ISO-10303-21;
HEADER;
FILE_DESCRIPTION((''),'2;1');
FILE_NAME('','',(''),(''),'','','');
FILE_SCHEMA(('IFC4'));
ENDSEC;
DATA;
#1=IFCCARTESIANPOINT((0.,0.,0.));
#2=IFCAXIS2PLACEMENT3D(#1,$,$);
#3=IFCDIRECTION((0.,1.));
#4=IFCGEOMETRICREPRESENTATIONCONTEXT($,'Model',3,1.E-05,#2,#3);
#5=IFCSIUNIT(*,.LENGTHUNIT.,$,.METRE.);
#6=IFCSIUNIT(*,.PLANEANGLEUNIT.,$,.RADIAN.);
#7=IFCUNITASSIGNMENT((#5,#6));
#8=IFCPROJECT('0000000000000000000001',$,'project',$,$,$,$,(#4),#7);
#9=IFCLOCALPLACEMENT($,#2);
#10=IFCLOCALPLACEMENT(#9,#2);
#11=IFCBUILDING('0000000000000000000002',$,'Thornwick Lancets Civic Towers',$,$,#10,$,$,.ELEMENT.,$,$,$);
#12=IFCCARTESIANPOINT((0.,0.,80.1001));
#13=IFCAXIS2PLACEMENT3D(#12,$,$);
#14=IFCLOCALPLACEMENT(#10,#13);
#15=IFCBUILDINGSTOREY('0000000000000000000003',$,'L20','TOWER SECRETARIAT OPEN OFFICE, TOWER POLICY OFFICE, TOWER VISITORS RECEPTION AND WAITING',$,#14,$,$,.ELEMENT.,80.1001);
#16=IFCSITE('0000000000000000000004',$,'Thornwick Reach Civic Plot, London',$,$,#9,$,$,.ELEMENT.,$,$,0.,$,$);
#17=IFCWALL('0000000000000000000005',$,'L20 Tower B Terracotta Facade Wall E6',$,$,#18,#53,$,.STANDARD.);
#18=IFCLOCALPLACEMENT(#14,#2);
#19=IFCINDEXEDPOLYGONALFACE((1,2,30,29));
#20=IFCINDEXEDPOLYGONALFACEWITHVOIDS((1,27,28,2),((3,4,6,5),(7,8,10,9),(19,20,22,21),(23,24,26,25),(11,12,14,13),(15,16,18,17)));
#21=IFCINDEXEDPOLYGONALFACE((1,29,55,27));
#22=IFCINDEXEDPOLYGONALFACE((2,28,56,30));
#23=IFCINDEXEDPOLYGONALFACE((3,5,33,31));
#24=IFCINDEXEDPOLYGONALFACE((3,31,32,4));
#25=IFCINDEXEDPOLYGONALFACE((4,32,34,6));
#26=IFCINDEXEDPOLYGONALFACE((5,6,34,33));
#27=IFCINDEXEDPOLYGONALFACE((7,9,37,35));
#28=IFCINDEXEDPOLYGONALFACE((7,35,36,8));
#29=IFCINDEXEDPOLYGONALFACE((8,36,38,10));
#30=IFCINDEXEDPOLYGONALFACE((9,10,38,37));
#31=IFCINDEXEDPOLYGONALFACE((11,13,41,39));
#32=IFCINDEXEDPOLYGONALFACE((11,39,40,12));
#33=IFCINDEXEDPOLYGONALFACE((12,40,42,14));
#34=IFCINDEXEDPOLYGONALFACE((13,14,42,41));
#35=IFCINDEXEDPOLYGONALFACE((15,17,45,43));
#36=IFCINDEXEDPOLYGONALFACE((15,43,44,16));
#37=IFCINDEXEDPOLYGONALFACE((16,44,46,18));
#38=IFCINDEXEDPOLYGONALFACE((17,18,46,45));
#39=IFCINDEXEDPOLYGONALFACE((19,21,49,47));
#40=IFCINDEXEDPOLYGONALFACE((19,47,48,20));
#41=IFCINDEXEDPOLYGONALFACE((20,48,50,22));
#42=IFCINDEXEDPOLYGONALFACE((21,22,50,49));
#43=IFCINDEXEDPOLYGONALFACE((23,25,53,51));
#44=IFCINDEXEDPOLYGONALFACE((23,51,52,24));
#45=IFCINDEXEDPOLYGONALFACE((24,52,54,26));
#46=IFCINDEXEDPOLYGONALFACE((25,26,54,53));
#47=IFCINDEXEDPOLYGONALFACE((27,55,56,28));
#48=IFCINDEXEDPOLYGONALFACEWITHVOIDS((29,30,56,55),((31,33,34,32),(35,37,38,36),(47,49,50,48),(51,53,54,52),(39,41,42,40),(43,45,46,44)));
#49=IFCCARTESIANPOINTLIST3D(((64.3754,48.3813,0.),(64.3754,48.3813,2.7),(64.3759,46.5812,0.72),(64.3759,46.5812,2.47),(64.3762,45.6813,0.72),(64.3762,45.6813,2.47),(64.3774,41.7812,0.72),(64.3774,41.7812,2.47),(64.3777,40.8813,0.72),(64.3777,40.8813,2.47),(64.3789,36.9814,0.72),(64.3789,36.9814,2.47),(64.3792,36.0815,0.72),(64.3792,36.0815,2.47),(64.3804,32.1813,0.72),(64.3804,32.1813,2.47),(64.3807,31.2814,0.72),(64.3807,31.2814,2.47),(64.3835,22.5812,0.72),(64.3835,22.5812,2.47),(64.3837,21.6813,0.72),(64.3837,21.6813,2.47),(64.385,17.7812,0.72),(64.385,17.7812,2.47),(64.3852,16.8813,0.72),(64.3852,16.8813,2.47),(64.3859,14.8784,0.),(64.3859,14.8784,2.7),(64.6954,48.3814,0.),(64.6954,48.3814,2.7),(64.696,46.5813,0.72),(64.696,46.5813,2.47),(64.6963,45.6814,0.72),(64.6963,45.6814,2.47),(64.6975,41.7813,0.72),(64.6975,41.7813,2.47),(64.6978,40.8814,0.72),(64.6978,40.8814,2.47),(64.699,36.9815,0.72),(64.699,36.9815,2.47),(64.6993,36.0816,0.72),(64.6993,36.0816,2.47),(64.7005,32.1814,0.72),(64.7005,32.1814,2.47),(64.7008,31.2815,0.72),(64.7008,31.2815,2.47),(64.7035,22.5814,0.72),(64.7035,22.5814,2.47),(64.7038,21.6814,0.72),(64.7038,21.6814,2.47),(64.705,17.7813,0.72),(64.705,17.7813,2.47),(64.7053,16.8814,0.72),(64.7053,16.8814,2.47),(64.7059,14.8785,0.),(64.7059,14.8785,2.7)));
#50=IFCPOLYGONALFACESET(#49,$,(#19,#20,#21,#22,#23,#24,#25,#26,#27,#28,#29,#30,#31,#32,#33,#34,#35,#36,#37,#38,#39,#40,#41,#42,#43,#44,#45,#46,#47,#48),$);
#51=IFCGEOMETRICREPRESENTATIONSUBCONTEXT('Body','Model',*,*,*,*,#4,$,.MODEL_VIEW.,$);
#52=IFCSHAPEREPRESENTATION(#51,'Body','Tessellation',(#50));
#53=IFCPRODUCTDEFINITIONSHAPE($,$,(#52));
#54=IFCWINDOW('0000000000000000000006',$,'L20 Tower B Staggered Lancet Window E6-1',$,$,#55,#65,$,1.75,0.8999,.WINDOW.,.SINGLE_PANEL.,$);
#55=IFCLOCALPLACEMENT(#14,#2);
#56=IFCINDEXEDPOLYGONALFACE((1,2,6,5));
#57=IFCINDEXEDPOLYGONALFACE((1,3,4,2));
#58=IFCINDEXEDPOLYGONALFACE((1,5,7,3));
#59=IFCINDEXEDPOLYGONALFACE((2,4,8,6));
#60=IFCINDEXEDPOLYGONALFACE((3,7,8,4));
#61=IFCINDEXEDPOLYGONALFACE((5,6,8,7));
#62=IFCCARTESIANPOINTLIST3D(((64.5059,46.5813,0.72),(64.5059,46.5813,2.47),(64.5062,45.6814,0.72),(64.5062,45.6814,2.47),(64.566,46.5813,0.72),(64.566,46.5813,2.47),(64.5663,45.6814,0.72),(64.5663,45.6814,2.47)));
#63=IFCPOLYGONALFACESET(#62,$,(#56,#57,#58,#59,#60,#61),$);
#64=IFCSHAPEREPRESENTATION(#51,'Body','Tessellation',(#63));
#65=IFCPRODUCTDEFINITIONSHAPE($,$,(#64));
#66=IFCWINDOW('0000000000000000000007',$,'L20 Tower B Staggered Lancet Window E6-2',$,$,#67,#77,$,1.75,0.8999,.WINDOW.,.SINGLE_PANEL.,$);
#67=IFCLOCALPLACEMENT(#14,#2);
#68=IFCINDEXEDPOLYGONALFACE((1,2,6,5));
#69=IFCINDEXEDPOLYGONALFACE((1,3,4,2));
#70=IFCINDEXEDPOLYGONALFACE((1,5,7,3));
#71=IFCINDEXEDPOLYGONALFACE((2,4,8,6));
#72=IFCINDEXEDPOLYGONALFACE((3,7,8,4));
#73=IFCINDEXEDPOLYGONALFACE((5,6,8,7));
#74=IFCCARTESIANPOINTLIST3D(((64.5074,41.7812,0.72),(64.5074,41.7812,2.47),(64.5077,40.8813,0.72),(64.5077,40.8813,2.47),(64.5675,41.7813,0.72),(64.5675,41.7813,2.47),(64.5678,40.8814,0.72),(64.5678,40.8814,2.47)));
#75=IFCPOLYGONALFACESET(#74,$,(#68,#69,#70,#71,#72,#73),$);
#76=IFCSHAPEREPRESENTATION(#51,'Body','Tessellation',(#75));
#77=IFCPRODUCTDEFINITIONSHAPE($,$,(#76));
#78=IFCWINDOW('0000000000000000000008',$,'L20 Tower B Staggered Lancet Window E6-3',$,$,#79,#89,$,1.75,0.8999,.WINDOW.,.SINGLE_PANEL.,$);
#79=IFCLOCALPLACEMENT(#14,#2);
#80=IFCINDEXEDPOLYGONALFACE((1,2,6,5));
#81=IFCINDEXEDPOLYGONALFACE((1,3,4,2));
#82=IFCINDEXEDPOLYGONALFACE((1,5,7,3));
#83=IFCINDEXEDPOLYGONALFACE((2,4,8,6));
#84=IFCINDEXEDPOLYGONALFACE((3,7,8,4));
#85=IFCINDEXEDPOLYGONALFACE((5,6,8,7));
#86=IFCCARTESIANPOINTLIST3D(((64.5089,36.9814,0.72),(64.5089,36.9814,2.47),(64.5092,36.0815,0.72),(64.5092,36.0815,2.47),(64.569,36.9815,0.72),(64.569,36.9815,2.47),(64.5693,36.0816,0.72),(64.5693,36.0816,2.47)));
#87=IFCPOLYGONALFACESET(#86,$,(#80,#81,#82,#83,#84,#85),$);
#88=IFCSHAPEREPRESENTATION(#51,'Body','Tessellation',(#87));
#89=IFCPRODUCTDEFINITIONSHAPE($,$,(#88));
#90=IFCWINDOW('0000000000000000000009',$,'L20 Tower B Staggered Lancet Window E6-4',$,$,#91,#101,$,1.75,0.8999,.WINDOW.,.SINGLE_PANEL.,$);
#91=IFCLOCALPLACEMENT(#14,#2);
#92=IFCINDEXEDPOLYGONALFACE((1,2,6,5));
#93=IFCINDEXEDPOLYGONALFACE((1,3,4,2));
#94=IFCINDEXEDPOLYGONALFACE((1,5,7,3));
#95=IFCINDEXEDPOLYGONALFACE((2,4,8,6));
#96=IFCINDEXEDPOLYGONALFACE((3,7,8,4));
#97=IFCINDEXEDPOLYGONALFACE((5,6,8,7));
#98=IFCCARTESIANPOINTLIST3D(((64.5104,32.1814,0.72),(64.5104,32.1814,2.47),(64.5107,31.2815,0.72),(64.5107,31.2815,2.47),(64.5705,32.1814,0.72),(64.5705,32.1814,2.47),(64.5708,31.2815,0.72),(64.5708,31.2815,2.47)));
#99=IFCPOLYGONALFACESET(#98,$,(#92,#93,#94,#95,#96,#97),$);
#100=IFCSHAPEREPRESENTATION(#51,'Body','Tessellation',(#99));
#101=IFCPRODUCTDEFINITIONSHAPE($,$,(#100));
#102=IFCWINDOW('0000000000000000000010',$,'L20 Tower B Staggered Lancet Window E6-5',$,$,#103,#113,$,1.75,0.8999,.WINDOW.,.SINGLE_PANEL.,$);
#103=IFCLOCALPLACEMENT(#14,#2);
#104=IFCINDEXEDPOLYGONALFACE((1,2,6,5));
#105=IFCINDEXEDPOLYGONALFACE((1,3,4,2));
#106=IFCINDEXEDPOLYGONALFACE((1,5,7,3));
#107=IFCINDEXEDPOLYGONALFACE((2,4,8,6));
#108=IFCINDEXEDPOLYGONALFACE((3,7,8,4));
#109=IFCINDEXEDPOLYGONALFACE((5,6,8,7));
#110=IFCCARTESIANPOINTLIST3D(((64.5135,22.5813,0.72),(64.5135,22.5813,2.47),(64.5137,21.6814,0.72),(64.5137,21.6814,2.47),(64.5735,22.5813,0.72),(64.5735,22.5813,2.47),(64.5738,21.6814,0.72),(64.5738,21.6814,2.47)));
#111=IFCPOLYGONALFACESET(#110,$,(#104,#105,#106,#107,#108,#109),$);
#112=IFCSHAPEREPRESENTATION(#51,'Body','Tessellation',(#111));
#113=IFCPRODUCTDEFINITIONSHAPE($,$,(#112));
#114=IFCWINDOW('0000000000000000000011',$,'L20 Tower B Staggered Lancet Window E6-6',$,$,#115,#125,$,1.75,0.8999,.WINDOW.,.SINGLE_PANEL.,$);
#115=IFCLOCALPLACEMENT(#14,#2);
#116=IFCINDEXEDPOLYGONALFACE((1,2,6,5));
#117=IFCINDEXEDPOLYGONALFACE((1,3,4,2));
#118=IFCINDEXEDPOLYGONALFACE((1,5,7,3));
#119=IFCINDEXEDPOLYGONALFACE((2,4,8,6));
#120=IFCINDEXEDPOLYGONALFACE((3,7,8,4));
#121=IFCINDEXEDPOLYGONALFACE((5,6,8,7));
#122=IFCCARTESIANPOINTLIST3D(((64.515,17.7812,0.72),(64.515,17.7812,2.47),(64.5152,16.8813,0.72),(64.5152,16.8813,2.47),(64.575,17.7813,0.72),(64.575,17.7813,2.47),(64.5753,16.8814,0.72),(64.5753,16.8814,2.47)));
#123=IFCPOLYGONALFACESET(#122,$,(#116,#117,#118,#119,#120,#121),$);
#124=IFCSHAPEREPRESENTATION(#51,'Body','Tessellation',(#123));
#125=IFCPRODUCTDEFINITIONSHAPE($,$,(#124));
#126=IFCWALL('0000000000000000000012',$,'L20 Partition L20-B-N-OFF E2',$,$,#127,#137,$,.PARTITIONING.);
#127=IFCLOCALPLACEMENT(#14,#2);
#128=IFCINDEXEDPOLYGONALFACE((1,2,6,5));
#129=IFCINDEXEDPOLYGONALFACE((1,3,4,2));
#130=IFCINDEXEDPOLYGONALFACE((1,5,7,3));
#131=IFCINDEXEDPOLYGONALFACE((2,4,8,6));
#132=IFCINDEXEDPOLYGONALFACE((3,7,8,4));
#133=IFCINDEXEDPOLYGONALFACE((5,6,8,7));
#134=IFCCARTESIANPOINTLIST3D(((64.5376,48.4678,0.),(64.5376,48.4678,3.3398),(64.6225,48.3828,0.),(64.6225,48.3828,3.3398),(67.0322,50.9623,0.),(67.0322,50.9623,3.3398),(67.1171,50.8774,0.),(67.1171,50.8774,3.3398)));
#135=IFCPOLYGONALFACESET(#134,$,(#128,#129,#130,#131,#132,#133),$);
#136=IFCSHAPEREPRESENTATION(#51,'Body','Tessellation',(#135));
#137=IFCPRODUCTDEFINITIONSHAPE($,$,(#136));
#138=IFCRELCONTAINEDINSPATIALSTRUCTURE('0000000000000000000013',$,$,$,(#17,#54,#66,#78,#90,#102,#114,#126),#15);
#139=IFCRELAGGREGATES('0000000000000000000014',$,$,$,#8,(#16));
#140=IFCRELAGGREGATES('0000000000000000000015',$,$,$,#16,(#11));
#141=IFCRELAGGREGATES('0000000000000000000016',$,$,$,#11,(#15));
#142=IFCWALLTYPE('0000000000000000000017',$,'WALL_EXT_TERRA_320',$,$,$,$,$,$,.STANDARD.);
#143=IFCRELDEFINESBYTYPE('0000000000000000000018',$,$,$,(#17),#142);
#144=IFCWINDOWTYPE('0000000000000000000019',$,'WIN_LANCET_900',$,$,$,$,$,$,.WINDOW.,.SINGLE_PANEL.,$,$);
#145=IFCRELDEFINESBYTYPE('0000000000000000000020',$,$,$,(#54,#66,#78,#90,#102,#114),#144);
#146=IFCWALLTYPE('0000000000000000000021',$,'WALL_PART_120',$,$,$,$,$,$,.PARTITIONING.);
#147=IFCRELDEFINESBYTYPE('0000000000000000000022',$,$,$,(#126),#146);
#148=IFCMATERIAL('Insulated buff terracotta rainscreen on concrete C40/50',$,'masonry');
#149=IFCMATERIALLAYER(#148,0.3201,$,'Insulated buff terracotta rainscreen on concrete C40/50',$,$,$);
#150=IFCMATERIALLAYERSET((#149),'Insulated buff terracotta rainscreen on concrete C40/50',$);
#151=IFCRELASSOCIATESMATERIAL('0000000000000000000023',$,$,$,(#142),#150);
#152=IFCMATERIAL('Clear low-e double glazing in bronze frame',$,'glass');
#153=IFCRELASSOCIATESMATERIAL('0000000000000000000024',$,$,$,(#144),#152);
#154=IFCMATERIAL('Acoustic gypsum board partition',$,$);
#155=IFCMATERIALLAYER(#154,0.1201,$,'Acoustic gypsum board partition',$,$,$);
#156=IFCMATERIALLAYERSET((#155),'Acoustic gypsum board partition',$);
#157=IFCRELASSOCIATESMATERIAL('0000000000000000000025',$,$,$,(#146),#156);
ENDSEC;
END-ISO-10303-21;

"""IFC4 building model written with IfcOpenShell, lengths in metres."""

from ifc_helpers import new_model, si_unit, direction, frame, frame_2d, origin, place, context, subcontext, project, spatial, rectangle, extrude, material, layer, layer_set, type_object, element, fill, save


model = new_model("IFC4")

# Units and contexts
model_context = context("Model", 3, precision=1e-05, world=origin(), true_north=direction((0.0, 1.0)))
body_context = subcontext(model_context, "Body", "Model", "MODEL_VIEW")
ifc_project = project(units=[si_unit("LENGTHUNIT", "METRE"), si_unit("PLANEANGLEUNIT", "RADIAN")], contexts=[model_context])

# Site, building, storey
site_placement = place(None, origin())
site = spatial("IfcSite", under=ifc_project, at=site_placement, Name="Thornwick Reach Civic Plot, London", CompositionType="ELEMENT", RefElevation=0.0)
building_placement = place(site_placement, origin())
building = spatial("IfcBuilding", under=site, at=building_placement, Name="Thornwick Lancets Civic Towers", CompositionType="ELEMENT")
storey_placement = place(building_placement, frame((0.0, 0.0, 80.1001)))
storey = spatial("IfcBuildingStorey", under=building, at=storey_placement, Name="L20", Description="TOWER SECRETARIAT OPEN OFFICE, TOWER POLICY OFFICE, TOWER VISITORS RECEPTION AND WAITING", CompositionType="ELEMENT", Elevation=80.1001)

# Wall, openings, windows
ifc_material_1 = material(Name="Insulated buff terracotta rainscreen on concrete C40/50", Category="masonry")
ifc_layer_1 = layer(ifc_material_1, 0.3201, Name="Insulated buff terracotta rainscreen on concrete C40/50")
ifc_layer_set_1 = layer_set([ifc_layer_1], Name="Insulated buff terracotta rainscreen on concrete C40/50")
wall_type_1 = type_object("IfcWallType", Name="WALL_EXT_TERRA_320", PredefinedType="STANDARD", material=ifc_layer_set_1)
wall_1_placement = place(storey_placement, frame((64.5354, 48.3813, 0.0), z_axis=(0.0, 0.0, 1.0), x_axis=(0.000313, -1.0, 0.0)))
wall_1 = element("IfcWall", 1, at=wall_1_placement, inside=storey, type_object=wall_type_1, Name="L20 Tower B Terracotta Facade Wall E6", PredefinedType="STANDARD", context=body_context, shape_type="SweptSolid", body=[
    extrude(rectangle(XDim=33.5029, YDim=0.3201, at=frame_2d((16.7515, 0.0))), origin(), (0.0, 0.0, 1.0), 2.7),
])
opening_1_placement = place(wall_1_placement, frame((1.8, 0.0, 0.72)))
opening_1 = element("IfcOpeningElement", 2, at=opening_1_placement, cuts=wall_1, PredefinedType="OPENING", context=body_context, shape_type="SweptSolid", body=[
    extrude(rectangle(XDim=0.8999, YDim=1.75, at=frame_2d((0.45, 0.875))), frame((0.0, 0.1699, 0.0), z_axis=(0.0, -1.0, 0.0), x_axis=(1.0, 0.0, 0.0)), (0.0, 0.0, 1.0), 0.3401),
])
opening_2_placement = place(wall_1_placement, frame((6.6001, 0.0, 0.72)))
opening_2 = element("IfcOpeningElement", 3, at=opening_2_placement, cuts=wall_1, PredefinedType="OPENING", context=body_context, shape_type="SweptSolid", body=[
    extrude(rectangle(XDim=0.8999, YDim=1.75, at=frame_2d((0.45, 0.875))), frame((0.0, 0.1699, 0.0), z_axis=(0.0, -1.0, 0.0), x_axis=(1.0, 0.0, 0.0)), (0.0, 0.0, 1.0), 0.3401),
])
opening_3_placement = place(wall_1_placement, frame((11.3999, 0.0, 0.72)))
opening_3 = element("IfcOpeningElement", 4, at=opening_3_placement, cuts=wall_1, PredefinedType="OPENING", context=body_context, shape_type="SweptSolid", body=[
    extrude(rectangle(XDim=0.8999, YDim=1.75, at=frame_2d((0.45, 0.875))), frame((0.0, 0.1699, 0.0), z_axis=(0.0, -1.0, 0.0), x_axis=(1.0, 0.0, 0.0)), (0.0, 0.0, 1.0), 0.3401),
])
opening_4_placement = place(wall_1_placement, frame((16.2, 0.0, 0.72)))
opening_4 = element("IfcOpeningElement", 5, at=opening_4_placement, cuts=wall_1, PredefinedType="OPENING", context=body_context, shape_type="SweptSolid", body=[
    extrude(rectangle(XDim=0.8999, YDim=1.75, at=frame_2d((0.45, 0.875))), frame((0.0, 0.1699, 0.0), z_axis=(0.0, -1.0, 0.0), x_axis=(1.0, 0.0, 0.0)), (0.0, 0.0, 1.0), 0.3401),
])
opening_5_placement = place(wall_1_placement, frame((25.8, 0.0, 0.72)))
opening_5 = element("IfcOpeningElement", 6, at=opening_5_placement, cuts=wall_1, PredefinedType="OPENING", context=body_context, shape_type="SweptSolid", body=[
    extrude(rectangle(XDim=0.8999, YDim=1.75, at=frame_2d((0.45, 0.875))), frame((0.0, 0.1699, 0.0), z_axis=(0.0, -1.0, 0.0), x_axis=(1.0, 0.0, 0.0)), (0.0, 0.0, 1.0), 0.3401),
])
opening_6_placement = place(wall_1_placement, frame((30.6001, 0.0, 0.72)))
opening_6 = element("IfcOpeningElement", 7, at=opening_6_placement, cuts=wall_1, PredefinedType="OPENING", context=body_context, shape_type="SweptSolid", body=[
    extrude(rectangle(XDim=0.8999, YDim=1.75, at=frame_2d((0.45, 0.875))), frame((0.0, 0.1699, 0.0), z_axis=(0.0, -1.0, 0.0), x_axis=(1.0, 0.0, 0.0)), (0.0, 0.0, 1.0), 0.3401),
])
ifc_material_2 = material(Name="Clear low-e double glazing in bronze frame", Category="glass")
window_type = type_object("IfcWindowType", Name="WIN_LANCET_900", PartitioningType="SINGLE_PANEL", PredefinedType="WINDOW", material=ifc_material_2)
window_1_placement = place(opening_1_placement, origin())
window_1 = element("IfcWindow", 8, at=window_1_placement, inside=storey, type_object=window_type, Name="L20 Tower B Staggered Lancet Window E6-1", OverallHeight=1.75, OverallWidth=0.8999, PartitioningType="SINGLE_PANEL", PredefinedType="WINDOW", context=body_context, shape_type="SweptSolid", body=[
    extrude(rectangle(XDim=0.8999, YDim=1.75, at=frame_2d((0.45, 0.875))), frame((0.0, 0.03, 0.0), z_axis=(0.0, -1.0, 0.0), x_axis=(1.0, 0.0, 0.0)), (0.0, 0.0, 1.0), 0.0601),
])
fill(opening_1, window_1)
window_2_placement = place(opening_2_placement, origin())
window_2 = element("IfcWindow", 9, at=window_2_placement, inside=storey, type_object=window_type, Name="L20 Tower B Staggered Lancet Window E6-2", OverallHeight=1.75, OverallWidth=0.8999, PartitioningType="SINGLE_PANEL", PredefinedType="WINDOW", context=body_context, shape_type="SweptSolid", body=[
    extrude(rectangle(XDim=0.8999, YDim=1.75, at=frame_2d((0.45, 0.875))), frame((0.0, 0.03, 0.0), z_axis=(0.0, -1.0, 0.0), x_axis=(1.0, 0.0, 0.0)), (0.0, 0.0, 1.0), 0.0601),
])
fill(opening_2, window_2)
window_3_placement = place(opening_3_placement, origin())
window_3 = element("IfcWindow", 10, at=window_3_placement, inside=storey, type_object=window_type, Name="L20 Tower B Staggered Lancet Window E6-3", OverallHeight=1.75, OverallWidth=0.8999, PartitioningType="SINGLE_PANEL", PredefinedType="WINDOW", context=body_context, shape_type="SweptSolid", body=[
    extrude(rectangle(XDim=0.8999, YDim=1.75, at=frame_2d((0.45, 0.875))), frame((0.0, 0.03, 0.0), z_axis=(0.0, -1.0, 0.0), x_axis=(1.0, 0.0, 0.0)), (0.0, 0.0, 1.0), 0.0601),
])
fill(opening_3, window_3)
window_4_placement = place(opening_4_placement, origin())
window_4 = element("IfcWindow", 11, at=window_4_placement, inside=storey, type_object=window_type, Name="L20 Tower B Staggered Lancet Window E6-4", OverallHeight=1.75, OverallWidth=0.8999, PartitioningType="SINGLE_PANEL", PredefinedType="WINDOW", context=body_context, shape_type="SweptSolid", body=[
    extrude(rectangle(XDim=0.8999, YDim=1.75, at=frame_2d((0.45, 0.875))), frame((0.0, 0.03, 0.0), z_axis=(0.0, -1.0, 0.0), x_axis=(1.0, 0.0, 0.0)), (0.0, 0.0, 1.0), 0.0601),
])
fill(opening_4, window_4)
window_5_placement = place(opening_5_placement, origin())
window_5 = element("IfcWindow", 12, at=window_5_placement, inside=storey, type_object=window_type, Name="L20 Tower B Staggered Lancet Window E6-5", OverallHeight=1.75, OverallWidth=0.8999, PartitioningType="SINGLE_PANEL", PredefinedType="WINDOW", context=body_context, shape_type="SweptSolid", body=[
    extrude(rectangle(XDim=0.8999, YDim=1.75, at=frame_2d((0.45, 0.875))), frame((0.0, 0.03, 0.0), z_axis=(0.0, -1.0, 0.0), x_axis=(1.0, 0.0, 0.0)), (0.0, 0.0, 1.0), 0.0601),
])
fill(opening_5, window_5)
window_6_placement = place(opening_6_placement, origin())
window_6 = element("IfcWindow", 13, at=window_6_placement, inside=storey, type_object=window_type, Name="L20 Tower B Staggered Lancet Window E6-6", OverallHeight=1.75, OverallWidth=0.8999, PartitioningType="SINGLE_PANEL", PredefinedType="WINDOW", context=body_context, shape_type="SweptSolid", body=[
    extrude(rectangle(XDim=0.8999, YDim=1.75, at=frame_2d((0.45, 0.875))), frame((0.0, 0.03, 0.0), z_axis=(0.0, -1.0, 0.0), x_axis=(1.0, 0.0, 0.0)), (0.0, 0.0, 1.0), 0.0601),
])
fill(opening_6, window_6)

# Wall
ifc_material_3 = material(Name="Acoustic gypsum board partition")
ifc_layer_2 = layer(ifc_material_3, 0.1201, Name="Acoustic gypsum board partition")
ifc_layer_set_2 = layer_set([ifc_layer_2], Name="Acoustic gypsum board partition")
wall_type_2 = type_object("IfcWallType", Name="WALL_PART_120", PredefinedType="PARTITIONING", material=ifc_layer_set_2)
wall_2_placement = place(storey_placement, frame((64.5801, 48.4253, 0.0), z_axis=(0.0, 0.0, 1.0), x_axis=(0.707107, 0.707107, 0.0)))
element("IfcWall", 14, at=wall_2_placement, inside=storey, type_object=wall_type_2, Name="L20 Partition L20-B-N-OFF E2", PredefinedType="PARTITIONING", context=body_context, shape_type="SweptSolid", body=[
    extrude(rectangle(XDim=3.5278, YDim=0.1201, at=frame_2d((1.7639, 0.0))), origin(), (0.0, 0.0, 1.0), 3.3398),
])

save(model, "model.ifc")
